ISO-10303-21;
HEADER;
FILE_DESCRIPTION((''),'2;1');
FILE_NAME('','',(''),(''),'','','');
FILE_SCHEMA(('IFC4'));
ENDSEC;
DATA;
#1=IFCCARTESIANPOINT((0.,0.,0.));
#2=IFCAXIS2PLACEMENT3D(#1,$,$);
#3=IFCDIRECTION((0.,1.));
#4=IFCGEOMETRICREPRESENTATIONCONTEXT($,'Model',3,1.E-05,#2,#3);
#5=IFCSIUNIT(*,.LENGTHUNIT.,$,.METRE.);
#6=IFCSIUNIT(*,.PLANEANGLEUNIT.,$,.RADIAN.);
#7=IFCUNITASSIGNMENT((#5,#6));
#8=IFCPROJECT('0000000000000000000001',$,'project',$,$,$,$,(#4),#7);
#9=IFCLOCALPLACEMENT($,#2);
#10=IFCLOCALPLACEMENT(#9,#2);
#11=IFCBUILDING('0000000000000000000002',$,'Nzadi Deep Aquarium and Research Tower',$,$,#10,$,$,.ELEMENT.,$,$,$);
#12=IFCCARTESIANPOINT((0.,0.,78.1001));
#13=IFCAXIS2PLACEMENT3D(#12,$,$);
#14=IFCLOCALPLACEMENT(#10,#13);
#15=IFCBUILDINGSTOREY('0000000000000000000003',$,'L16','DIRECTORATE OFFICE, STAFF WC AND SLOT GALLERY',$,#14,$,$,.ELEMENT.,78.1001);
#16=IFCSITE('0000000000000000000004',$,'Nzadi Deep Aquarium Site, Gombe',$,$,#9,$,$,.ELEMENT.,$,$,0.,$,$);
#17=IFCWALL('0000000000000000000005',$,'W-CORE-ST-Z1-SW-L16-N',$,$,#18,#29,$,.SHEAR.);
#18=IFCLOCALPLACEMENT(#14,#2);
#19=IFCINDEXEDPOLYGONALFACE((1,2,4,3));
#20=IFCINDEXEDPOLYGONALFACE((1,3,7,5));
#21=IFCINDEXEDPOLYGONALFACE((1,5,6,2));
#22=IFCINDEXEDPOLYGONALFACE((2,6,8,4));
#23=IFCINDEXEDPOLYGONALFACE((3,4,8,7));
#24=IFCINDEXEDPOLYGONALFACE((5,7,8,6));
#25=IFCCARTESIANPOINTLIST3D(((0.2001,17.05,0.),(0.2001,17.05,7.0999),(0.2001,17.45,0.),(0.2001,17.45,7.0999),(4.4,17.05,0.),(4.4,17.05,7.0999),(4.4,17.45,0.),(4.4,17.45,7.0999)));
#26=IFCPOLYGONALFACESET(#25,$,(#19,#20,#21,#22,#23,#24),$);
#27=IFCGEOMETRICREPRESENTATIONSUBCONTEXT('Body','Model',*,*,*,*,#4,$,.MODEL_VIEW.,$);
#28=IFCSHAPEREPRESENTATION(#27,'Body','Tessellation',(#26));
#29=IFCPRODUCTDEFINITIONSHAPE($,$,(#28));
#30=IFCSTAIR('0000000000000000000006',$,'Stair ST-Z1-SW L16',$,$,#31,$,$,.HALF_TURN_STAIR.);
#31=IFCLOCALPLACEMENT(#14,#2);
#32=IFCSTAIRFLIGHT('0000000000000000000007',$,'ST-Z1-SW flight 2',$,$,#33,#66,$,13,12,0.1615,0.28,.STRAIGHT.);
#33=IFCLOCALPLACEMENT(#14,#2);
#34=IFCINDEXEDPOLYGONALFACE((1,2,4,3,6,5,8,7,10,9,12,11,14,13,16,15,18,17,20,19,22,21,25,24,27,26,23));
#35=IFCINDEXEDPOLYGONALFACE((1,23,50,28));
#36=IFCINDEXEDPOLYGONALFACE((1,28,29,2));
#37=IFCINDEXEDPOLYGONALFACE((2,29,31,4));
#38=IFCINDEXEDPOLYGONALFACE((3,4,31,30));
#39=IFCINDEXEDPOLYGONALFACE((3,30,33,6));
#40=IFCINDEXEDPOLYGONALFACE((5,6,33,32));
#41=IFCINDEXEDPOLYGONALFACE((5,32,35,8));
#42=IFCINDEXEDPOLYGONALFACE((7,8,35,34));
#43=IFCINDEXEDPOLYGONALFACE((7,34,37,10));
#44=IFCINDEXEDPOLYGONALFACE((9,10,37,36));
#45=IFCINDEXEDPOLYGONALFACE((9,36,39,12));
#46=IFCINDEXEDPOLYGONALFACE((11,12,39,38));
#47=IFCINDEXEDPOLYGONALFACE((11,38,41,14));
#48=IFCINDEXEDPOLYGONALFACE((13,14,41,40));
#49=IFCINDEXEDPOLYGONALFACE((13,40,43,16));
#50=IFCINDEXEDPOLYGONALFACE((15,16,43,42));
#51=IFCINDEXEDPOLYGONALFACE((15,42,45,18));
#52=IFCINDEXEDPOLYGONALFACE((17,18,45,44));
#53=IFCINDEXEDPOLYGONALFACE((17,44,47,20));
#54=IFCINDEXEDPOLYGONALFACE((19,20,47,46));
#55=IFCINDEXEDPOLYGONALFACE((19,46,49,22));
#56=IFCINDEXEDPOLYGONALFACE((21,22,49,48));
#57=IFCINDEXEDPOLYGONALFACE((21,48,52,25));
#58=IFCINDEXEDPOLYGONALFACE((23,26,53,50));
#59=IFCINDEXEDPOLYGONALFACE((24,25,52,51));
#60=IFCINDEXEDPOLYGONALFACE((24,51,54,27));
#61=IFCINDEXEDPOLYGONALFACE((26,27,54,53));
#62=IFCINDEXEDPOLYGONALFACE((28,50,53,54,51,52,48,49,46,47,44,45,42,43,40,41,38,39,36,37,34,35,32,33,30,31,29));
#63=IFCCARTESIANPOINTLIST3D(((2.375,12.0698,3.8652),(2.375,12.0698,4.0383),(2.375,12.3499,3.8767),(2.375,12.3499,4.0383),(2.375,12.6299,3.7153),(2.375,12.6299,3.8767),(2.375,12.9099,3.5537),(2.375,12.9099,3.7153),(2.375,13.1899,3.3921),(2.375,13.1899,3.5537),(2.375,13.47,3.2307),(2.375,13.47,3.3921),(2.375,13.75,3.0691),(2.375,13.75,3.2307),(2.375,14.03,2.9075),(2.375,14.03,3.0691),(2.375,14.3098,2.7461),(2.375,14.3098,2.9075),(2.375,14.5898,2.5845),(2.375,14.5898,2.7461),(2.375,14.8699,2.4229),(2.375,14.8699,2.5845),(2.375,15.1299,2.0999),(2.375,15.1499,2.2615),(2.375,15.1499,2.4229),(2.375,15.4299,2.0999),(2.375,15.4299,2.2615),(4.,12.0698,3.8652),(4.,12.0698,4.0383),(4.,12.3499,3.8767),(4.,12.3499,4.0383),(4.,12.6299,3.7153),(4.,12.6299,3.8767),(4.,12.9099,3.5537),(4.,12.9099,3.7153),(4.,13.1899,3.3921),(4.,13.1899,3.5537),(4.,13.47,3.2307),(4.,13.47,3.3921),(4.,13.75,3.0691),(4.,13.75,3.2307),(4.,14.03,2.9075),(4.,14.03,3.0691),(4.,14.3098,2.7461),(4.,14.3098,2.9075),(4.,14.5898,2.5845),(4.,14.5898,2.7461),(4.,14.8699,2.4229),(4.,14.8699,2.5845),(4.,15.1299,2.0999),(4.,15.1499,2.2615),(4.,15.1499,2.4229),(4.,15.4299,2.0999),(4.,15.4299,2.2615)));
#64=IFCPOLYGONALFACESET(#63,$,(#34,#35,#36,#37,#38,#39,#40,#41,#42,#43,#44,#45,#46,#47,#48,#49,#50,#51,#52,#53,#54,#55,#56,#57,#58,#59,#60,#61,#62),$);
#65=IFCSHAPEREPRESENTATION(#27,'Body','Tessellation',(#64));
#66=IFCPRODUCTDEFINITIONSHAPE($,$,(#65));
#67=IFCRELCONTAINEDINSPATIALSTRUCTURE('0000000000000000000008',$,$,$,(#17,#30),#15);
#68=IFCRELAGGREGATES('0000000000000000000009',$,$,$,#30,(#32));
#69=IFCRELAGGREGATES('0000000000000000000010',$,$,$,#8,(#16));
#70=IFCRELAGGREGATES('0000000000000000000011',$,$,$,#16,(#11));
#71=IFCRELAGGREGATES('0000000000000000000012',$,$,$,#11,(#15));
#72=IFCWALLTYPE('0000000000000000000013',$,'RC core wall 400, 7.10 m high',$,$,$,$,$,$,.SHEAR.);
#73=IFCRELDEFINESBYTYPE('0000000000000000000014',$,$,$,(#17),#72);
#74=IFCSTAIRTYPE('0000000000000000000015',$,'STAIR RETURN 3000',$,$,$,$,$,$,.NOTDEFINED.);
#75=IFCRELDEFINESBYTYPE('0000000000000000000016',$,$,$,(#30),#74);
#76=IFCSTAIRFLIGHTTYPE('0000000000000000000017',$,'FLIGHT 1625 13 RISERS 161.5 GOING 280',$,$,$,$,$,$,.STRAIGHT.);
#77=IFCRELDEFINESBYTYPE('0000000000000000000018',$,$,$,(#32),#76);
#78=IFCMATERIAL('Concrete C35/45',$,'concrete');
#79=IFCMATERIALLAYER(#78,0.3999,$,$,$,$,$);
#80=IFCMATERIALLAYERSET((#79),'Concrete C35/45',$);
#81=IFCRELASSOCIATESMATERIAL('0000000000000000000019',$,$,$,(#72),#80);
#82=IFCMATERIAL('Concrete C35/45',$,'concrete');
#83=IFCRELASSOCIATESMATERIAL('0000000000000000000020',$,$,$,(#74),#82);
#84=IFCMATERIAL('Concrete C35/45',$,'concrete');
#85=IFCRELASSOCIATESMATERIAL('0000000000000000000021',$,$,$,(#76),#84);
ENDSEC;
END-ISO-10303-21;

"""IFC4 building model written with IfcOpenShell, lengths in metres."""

from ifc_helpers import new_model, si_unit, direction, frame, frame_2d, origin, place, context, subcontext, project, spatial, polyline, rectangle, outline, extrude, material, layer, layer_set, type_object, element, aggregate, save


model = new_model("IFC4")

# Units and contexts
model_context = context("Model", 3, precision=1e-05, world=origin(), true_north=direction((0.0, 1.0)))
body_context = subcontext(model_context, "Body", "Model", "MODEL_VIEW")
ifc_project = project(units=[si_unit("LENGTHUNIT", "METRE"), si_unit("PLANEANGLEUNIT", "RADIAN")], contexts=[model_context])

# Site, building, storey
site_placement = place(None, origin())
site = spatial("IfcSite", under=ifc_project, at=site_placement, Name="Nzadi Deep Aquarium Site, Gombe", CompositionType="ELEMENT", RefElevation=0.0)
building_placement = place(site_placement, origin())
building = spatial("IfcBuilding", under=site, at=building_placement, Name="Nzadi Deep Aquarium and Research Tower", CompositionType="ELEMENT")
storey_placement = place(building_placement, frame((0.0, 0.0, 78.1001)))
storey = spatial("IfcBuildingStorey", under=building, at=storey_placement, Name="L16", Description="DIRECTORATE OFFICE, STAFF WC AND SLOT GALLERY", CompositionType="ELEMENT", Elevation=78.1001)

# Wall
ifc_material_1 = material(Name="Concrete C35/45", Category="concrete")
ifc_layer_1 = layer(ifc_material_1, 0.3999)
ifc_layer_set_1 = layer_set([ifc_layer_1], Name="Concrete C35/45")
wall_type_1 = type_object("IfcWallType", Name="RC core wall 400, 7.10 m high", PredefinedType="SHEAR", material=ifc_layer_set_1)
wall_1_placement = place(storey_placement, frame((0.2, 17.25, 0.0), z_axis=(0.0, 0.0, 1.0), x_axis=(1.0, 0.0, 0.0)))
element("IfcWall", 1, at=wall_1_placement, inside=storey, type_object=wall_type_1, Name="W-CORE-ST-Z1-SW-L16-N", PredefinedType="SHEAR", context=body_context, shape_type="SweptSolid", body=[
    extrude(rectangle(XDim=4.2, YDim=0.3999, at=frame_2d((2.1001, 0.0))), origin(), (0.0, 0.0, 1.0), 7.0999),
])

# Stair, stair flight
ifc_material_2 = material(Name="Concrete C35/45", Category="concrete")
stair_type = type_object("IfcStairType", Name="STAIR RETURN 3000", PredefinedType="NOTDEFINED", material=ifc_material_2)
stair_placement = place(storey_placement, origin())
stair = element("IfcStair", 2, at=stair_placement, inside=storey, type_object=stair_type, Name="Stair ST-Z1-SW L16", PredefinedType="HALF_TURN_STAIR")
ifc_material_3 = material(Name="Concrete C35/45", Category="concrete")
stair_flight_type = type_object("IfcStairFlightType", Name="FLIGHT 1625 13 RISERS 161.5 GOING 280", PredefinedType="STRAIGHT", material=ifc_material_3)
stair_flight_placement = place(storey_placement, frame((3.1875, 15.4299, 2.0999), z_axis=(0.0, 0.0, 1.0), x_axis=(0.0, -1.0, 0.0)))
stair_flight = element("IfcStairFlight", 3, at=stair_flight_placement, type_object=stair_flight_type, Name="ST-Z1-SW flight 2", NumberOfRisers=13, NumberOfTreads=12, PredefinedType="STRAIGHT", RiserHeight=0.1615, TreadLength=0.28, context=body_context, shape_type="SweptSolid", body=[
    extrude(outline(polyline([(0.0, 0.0), (0.0, 0.1616), (0.28, 0.1616), (0.28, 0.323), (0.5601, 0.323), (0.5601, 0.4846), (0.8401, 0.4846), (0.8401, 0.6462), (1.1201, 0.6462), (1.1201, 0.8076), (1.3999, 0.8076), (1.3999, 0.9692), (1.6799, 0.9692), (1.6799, 1.1309), (1.96, 1.1309), (1.96, 1.2922), (2.24, 1.2922), (2.24, 1.4539), (2.52, 1.4539), (2.52, 1.6155), (2.8, 1.6155), (2.8, 1.7769), (3.0801, 1.7769), (3.0801, 1.9385), (3.3601, 1.9385), (3.3601, 2.1001), (3.3601, 1.7654), (0.3, 0.0), (0.0, 0.0)])), frame((0.0, 0.8125, 0.0), z_axis=(0.0, -1.0, 0.0), x_axis=(1.0, 0.0, 0.0)), (0.0, 0.0, 1.0), 1.625),
])
aggregate(stair, [stair_flight])

save(model, "model.ifc")
